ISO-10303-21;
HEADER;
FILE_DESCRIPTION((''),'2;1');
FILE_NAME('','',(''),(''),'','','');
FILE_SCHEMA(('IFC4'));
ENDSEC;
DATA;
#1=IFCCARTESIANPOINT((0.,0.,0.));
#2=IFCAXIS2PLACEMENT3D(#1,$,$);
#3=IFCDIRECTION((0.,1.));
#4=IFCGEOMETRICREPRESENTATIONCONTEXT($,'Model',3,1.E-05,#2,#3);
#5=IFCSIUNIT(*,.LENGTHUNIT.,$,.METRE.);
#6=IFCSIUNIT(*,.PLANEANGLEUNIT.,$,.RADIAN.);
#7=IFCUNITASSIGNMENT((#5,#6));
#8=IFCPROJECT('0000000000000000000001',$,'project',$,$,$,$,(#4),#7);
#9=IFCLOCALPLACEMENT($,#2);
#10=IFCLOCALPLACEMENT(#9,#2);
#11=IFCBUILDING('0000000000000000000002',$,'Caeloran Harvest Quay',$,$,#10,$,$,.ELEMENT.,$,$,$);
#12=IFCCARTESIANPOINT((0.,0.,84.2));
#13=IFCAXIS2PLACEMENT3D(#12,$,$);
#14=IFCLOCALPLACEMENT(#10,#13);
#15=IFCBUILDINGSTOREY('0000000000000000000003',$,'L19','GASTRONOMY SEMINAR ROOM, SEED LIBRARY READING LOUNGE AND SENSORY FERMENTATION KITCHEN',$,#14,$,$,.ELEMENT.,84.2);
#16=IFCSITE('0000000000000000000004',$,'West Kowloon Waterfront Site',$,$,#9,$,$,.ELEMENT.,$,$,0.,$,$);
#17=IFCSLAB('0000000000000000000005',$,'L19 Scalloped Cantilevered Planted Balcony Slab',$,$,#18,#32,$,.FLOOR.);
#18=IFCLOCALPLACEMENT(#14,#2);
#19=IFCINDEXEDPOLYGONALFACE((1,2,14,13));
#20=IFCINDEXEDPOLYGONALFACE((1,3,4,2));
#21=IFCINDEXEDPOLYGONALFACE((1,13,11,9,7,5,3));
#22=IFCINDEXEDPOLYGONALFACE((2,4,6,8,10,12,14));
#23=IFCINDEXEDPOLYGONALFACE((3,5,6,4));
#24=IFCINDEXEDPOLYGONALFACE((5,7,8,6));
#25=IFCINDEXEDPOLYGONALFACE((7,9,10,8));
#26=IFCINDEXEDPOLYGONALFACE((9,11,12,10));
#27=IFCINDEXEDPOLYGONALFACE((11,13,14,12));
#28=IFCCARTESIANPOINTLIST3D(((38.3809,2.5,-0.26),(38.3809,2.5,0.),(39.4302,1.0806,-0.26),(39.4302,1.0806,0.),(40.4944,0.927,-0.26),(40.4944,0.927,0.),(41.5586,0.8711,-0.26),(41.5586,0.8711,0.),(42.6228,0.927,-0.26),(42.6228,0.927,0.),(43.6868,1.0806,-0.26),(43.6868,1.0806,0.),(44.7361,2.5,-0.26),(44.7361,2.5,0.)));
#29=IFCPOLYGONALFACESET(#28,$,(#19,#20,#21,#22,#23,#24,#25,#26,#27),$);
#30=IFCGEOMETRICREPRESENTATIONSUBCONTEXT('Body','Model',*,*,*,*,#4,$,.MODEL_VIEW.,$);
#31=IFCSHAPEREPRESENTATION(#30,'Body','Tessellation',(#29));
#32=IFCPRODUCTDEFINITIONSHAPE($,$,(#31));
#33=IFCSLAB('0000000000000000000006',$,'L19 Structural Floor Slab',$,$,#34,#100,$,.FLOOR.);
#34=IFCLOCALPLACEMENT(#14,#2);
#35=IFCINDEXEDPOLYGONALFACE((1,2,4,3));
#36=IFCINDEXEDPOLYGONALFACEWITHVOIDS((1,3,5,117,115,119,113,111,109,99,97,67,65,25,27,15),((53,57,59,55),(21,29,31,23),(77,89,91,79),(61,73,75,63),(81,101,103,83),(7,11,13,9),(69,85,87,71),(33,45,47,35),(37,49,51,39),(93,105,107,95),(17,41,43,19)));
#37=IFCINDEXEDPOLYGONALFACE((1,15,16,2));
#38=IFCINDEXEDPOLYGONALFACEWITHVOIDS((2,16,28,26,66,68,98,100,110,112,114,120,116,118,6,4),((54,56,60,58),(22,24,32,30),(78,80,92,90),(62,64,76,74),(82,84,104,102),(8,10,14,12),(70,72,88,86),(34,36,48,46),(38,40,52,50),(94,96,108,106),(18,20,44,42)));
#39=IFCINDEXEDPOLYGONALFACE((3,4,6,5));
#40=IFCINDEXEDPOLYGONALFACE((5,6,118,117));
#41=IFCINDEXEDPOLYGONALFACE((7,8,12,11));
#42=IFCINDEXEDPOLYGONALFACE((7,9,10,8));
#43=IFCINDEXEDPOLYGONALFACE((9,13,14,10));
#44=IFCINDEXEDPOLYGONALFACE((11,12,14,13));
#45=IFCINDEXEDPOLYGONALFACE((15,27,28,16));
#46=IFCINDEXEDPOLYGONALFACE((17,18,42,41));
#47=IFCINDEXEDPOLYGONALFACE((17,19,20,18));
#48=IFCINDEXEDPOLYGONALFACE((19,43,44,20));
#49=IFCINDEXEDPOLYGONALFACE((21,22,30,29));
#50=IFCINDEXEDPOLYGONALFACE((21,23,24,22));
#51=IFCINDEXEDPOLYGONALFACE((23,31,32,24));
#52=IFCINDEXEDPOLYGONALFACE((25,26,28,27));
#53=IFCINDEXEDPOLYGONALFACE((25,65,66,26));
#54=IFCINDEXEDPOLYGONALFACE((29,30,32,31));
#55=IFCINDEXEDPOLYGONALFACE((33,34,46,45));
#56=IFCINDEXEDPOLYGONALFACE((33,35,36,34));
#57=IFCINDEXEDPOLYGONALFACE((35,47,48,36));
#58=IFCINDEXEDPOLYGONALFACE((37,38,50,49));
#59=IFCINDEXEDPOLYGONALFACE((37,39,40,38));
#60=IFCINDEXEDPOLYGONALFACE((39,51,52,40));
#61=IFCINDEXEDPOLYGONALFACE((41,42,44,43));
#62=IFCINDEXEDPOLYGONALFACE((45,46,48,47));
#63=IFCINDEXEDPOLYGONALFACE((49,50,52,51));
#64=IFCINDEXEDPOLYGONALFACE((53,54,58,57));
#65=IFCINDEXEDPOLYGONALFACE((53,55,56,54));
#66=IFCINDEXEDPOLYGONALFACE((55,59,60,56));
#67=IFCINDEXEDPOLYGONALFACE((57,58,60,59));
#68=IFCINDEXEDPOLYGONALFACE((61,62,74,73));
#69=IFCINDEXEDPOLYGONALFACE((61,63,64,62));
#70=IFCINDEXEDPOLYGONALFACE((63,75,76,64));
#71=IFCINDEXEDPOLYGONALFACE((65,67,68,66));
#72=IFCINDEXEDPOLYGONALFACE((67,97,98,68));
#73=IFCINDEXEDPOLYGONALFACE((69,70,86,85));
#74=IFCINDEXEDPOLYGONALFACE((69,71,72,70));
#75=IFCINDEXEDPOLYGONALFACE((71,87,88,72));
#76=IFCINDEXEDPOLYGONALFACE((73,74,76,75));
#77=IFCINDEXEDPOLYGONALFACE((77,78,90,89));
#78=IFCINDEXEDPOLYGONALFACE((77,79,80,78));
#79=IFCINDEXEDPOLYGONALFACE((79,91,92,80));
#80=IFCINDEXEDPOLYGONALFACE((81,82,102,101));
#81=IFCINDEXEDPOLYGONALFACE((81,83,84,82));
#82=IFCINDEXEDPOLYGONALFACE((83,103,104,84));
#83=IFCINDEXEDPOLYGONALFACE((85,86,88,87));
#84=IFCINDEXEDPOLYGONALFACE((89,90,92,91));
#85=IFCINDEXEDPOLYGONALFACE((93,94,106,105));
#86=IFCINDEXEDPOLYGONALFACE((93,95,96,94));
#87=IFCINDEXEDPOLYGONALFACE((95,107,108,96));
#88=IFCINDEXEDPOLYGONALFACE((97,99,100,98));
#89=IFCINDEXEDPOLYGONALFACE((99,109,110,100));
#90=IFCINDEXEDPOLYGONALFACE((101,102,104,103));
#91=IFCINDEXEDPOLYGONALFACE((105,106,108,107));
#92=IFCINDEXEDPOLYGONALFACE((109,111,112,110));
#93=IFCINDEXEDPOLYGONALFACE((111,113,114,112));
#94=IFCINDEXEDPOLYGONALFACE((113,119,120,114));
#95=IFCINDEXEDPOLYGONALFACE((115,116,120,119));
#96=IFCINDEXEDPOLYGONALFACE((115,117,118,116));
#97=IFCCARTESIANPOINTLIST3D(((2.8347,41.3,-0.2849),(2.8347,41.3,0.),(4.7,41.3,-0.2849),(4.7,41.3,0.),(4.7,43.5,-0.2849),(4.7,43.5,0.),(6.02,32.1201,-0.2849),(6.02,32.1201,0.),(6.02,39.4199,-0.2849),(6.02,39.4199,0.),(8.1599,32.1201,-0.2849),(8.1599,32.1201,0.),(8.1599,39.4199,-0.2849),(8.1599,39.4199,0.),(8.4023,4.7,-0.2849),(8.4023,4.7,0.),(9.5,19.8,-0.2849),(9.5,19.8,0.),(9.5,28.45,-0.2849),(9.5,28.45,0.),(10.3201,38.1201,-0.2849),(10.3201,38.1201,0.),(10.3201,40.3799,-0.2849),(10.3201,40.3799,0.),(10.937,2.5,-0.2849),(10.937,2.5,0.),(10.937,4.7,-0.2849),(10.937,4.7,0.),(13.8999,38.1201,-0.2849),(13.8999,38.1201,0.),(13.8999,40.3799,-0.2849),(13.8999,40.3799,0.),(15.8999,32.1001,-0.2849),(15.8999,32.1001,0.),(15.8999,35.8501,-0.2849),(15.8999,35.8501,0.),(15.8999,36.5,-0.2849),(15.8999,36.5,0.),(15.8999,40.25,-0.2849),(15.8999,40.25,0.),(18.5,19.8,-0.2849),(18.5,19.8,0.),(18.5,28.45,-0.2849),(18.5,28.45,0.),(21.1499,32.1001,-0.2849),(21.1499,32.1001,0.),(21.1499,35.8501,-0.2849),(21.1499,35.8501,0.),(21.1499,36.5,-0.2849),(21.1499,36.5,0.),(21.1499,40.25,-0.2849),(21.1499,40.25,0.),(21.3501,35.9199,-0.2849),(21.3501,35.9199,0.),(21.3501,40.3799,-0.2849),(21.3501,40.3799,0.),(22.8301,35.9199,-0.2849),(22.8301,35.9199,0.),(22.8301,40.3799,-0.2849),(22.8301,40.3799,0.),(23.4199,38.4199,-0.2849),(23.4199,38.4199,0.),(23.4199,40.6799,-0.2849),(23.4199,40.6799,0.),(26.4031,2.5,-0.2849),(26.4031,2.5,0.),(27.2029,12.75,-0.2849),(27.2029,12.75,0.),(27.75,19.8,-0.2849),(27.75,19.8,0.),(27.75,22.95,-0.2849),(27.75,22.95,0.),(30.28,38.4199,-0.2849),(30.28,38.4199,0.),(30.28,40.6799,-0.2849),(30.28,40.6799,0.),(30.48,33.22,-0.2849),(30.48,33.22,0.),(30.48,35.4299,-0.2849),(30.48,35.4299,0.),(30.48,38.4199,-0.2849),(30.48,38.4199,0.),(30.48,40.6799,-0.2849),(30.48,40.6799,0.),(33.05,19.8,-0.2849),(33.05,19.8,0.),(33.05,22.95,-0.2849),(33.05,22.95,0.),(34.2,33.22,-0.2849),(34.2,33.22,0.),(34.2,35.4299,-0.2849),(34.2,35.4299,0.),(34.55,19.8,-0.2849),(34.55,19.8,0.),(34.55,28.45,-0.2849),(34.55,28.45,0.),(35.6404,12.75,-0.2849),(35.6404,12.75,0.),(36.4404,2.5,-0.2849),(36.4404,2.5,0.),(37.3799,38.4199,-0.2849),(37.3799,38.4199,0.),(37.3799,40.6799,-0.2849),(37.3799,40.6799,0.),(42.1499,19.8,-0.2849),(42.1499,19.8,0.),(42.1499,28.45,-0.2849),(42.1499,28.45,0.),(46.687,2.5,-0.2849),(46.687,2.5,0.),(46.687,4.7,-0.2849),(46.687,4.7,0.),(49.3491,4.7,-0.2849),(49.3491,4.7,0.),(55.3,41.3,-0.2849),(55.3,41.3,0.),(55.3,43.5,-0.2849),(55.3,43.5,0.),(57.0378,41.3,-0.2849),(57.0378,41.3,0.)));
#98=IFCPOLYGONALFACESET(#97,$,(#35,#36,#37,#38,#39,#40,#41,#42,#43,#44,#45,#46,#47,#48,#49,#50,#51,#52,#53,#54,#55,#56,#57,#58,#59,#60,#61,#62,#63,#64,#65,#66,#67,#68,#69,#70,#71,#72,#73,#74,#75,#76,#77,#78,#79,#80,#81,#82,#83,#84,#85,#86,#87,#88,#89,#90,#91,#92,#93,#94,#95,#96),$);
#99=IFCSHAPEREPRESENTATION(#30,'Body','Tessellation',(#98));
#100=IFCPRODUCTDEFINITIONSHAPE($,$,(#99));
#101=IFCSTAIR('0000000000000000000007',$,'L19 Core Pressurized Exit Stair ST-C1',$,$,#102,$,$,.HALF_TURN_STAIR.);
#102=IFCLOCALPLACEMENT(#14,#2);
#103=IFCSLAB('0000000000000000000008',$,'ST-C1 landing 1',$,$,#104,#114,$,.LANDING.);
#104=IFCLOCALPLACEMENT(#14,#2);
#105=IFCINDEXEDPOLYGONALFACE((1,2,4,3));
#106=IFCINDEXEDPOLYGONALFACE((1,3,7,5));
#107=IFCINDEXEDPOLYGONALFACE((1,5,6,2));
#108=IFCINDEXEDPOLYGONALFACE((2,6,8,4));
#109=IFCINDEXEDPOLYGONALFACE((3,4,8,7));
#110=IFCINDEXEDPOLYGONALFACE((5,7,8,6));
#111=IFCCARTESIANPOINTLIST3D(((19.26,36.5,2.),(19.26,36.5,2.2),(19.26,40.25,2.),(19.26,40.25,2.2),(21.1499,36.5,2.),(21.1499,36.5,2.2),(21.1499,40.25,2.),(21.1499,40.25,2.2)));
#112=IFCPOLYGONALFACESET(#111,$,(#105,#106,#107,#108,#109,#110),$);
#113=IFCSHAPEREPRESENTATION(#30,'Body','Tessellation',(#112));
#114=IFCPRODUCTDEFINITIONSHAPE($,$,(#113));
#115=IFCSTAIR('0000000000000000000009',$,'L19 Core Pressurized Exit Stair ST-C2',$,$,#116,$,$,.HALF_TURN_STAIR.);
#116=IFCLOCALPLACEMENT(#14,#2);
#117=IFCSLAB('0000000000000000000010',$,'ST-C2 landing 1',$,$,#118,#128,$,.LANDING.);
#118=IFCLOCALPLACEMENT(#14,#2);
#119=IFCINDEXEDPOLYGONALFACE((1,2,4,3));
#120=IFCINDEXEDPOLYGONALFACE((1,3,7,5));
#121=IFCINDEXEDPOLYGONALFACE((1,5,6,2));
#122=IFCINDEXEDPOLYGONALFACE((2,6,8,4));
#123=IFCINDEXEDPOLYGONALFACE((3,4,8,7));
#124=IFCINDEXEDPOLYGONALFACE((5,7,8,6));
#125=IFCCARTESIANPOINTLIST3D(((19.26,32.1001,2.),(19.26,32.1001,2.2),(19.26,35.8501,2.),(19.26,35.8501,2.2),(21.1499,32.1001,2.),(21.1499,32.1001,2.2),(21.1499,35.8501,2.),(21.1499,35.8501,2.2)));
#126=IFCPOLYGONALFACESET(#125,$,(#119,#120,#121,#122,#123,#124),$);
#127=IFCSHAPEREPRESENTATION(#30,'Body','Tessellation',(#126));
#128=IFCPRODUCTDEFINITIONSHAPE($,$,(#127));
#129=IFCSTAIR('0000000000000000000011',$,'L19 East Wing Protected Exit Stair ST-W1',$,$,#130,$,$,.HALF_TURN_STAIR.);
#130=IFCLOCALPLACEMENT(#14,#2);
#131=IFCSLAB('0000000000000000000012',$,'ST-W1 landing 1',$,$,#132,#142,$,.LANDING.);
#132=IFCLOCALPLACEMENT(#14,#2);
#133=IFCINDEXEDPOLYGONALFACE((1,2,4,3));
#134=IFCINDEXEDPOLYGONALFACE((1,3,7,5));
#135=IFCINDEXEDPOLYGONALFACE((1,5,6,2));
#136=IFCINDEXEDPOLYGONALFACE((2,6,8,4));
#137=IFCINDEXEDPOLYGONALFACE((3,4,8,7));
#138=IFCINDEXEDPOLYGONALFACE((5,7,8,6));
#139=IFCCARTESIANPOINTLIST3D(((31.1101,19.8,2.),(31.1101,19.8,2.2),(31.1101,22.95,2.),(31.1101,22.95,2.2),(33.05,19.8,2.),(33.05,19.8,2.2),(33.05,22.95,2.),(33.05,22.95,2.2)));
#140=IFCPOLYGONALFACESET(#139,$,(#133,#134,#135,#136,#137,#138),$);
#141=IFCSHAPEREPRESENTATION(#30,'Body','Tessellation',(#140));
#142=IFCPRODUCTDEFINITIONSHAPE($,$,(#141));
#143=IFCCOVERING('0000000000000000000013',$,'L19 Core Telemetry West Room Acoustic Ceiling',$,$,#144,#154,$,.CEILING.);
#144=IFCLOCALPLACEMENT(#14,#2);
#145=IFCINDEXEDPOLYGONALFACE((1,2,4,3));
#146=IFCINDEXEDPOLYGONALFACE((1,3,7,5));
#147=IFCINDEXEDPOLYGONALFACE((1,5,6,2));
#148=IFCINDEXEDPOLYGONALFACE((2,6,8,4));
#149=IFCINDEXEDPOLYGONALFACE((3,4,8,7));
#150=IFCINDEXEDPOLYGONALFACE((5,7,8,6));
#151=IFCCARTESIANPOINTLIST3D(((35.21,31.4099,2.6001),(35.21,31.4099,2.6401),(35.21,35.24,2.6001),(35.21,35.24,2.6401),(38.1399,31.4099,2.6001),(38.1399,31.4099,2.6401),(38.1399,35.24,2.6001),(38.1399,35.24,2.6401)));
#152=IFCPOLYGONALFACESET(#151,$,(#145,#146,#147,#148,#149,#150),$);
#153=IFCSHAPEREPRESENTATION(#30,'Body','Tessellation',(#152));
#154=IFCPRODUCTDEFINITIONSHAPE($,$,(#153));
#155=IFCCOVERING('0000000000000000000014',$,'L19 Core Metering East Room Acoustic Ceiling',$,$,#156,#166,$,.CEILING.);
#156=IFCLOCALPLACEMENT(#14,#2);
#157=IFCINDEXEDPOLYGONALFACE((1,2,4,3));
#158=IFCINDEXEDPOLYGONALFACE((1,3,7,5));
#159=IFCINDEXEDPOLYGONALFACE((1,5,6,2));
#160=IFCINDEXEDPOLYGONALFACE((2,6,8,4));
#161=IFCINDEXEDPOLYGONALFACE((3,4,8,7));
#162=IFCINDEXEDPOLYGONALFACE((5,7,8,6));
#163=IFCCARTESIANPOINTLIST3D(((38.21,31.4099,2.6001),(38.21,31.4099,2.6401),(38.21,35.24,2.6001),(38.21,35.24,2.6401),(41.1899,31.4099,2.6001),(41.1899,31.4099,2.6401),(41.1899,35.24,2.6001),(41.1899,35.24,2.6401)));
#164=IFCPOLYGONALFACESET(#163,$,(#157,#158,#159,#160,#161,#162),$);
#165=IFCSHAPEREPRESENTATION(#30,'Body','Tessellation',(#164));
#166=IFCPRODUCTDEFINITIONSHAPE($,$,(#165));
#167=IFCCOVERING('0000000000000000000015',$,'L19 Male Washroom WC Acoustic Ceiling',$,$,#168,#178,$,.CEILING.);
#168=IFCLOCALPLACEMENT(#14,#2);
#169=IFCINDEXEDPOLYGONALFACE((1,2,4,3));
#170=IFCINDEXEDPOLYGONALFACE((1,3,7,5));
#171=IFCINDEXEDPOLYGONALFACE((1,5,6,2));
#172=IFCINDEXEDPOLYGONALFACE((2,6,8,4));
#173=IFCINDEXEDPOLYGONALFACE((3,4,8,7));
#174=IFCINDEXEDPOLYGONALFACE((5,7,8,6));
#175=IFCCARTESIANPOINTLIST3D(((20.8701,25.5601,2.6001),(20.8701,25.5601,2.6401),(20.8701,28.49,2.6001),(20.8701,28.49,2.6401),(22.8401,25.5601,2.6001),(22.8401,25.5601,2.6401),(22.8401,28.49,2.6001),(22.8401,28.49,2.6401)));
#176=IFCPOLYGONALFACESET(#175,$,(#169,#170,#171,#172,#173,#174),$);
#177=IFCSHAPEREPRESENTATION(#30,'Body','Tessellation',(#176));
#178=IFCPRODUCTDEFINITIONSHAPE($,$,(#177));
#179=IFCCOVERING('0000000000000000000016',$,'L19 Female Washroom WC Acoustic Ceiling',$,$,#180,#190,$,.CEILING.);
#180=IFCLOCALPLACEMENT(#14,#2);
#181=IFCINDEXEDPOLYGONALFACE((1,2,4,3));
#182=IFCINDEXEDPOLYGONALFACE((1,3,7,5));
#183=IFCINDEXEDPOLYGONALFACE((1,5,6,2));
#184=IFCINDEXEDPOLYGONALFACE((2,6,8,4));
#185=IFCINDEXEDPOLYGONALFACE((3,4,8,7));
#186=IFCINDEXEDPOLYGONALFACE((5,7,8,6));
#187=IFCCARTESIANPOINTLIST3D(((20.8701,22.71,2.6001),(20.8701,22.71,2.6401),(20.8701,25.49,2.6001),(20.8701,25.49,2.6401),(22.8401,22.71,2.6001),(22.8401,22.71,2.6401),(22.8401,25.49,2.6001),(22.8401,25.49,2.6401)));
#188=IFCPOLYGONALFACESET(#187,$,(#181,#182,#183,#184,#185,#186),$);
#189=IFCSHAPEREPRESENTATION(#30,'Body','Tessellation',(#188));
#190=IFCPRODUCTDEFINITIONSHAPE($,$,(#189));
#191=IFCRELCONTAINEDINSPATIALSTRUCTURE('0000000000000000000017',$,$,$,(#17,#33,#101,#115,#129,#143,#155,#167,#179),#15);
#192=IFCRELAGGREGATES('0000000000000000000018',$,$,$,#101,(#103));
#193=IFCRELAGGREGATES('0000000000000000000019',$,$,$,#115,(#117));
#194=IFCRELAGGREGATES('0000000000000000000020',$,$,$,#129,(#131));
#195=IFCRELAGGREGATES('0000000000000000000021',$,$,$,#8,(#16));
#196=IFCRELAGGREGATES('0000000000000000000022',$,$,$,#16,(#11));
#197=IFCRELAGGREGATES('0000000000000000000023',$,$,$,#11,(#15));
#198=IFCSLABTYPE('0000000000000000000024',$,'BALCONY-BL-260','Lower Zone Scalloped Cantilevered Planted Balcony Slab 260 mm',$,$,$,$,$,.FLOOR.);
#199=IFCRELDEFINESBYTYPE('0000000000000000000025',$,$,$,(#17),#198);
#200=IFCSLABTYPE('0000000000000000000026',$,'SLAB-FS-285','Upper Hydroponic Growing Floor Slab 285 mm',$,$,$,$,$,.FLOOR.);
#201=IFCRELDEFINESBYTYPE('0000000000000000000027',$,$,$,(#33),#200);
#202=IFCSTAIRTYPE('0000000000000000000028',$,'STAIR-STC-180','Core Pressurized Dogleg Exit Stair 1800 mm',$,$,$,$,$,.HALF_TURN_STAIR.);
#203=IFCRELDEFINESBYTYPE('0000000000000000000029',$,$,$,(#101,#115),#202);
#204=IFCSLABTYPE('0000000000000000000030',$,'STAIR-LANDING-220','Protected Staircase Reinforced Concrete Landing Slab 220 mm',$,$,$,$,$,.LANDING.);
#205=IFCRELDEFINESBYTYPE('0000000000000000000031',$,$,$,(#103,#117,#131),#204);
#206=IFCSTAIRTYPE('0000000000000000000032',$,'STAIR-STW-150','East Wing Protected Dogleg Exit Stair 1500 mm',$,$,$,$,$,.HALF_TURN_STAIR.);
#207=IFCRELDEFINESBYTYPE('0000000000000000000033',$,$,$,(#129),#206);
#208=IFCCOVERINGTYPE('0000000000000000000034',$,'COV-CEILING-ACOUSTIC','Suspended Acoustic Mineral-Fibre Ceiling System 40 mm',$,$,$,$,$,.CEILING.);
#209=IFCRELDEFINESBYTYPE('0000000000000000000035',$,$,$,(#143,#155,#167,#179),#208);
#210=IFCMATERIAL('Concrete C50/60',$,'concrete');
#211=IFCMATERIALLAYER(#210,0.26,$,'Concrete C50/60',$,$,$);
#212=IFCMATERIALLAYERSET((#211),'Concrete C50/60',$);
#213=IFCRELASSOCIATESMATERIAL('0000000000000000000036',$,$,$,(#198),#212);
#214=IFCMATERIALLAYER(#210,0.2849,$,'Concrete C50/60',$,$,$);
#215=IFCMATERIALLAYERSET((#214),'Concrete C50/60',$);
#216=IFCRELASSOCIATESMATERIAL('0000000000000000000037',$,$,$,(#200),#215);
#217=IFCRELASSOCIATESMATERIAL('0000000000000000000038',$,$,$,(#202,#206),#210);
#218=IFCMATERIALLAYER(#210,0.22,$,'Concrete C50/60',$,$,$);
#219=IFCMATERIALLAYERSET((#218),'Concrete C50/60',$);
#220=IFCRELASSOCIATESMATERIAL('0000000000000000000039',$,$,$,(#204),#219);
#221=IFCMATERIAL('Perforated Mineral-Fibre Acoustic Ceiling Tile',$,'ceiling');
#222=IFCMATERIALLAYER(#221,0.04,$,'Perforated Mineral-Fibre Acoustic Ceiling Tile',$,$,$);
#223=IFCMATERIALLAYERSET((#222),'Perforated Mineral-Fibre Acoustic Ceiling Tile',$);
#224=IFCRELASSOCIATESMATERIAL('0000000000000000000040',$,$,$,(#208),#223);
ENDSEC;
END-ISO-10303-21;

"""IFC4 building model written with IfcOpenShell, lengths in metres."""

from ifc_helpers import new_model, si_unit, direction, frame, origin, place, context, subcontext, project, spatial, polyline, outline, extrude, material, layer, layer_set, type_object, element, aggregate, save


model = new_model("IFC4")

# Units and contexts
model_context = context("Model", 3, precision=1e-05, world=origin(), true_north=direction((0.0, 1.0)))
body_context = subcontext(model_context, "Body", "Model", "MODEL_VIEW")
ifc_project = project(units=[si_unit("LENGTHUNIT", "METRE"), si_unit("PLANEANGLEUNIT", "RADIAN")], contexts=[model_context])

# Site, building, storey
site_placement = place(None, origin())
site = spatial("IfcSite", under=ifc_project, at=site_placement, Name="West Kowloon Waterfront Site", CompositionType="ELEMENT", RefElevation=0.0)
building_placement = place(site_placement, origin())
building = spatial("IfcBuilding", under=site, at=building_placement, Name="Caeloran Harvest Quay", CompositionType="ELEMENT")
storey_placement = place(building_placement, frame((0.0, 0.0, 84.2)))
storey = spatial("IfcBuildingStorey", under=building, at=storey_placement, Name="L19", Description="GASTRONOMY SEMINAR ROOM, SEED LIBRARY READING LOUNGE AND SENSORY FERMENTATION KITCHEN", CompositionType="ELEMENT", Elevation=84.2)

# Slabs
ifc_material_1 = material(Name="Concrete C50/60", Category="concrete")
ifc_layer_1 = layer(ifc_material_1, 0.26, Name="Concrete C50/60")
ifc_layer_set_1 = layer_set([ifc_layer_1], Name="Concrete C50/60")
slab_type_1 = type_object("IfcSlabType", Name="BALCONY-BL-260", Description="Lower Zone Scalloped Cantilevered Planted Balcony Slab 260 mm", PredefinedType="FLOOR", material=ifc_layer_set_1)
slab_1_placement = place(storey_placement, frame((0.0, 0.0, -0.26)))
element("IfcSlab", 1, at=slab_1_placement, inside=storey, type_object=slab_type_1, Name="L19 Scalloped Cantilevered Planted Balcony Slab", PredefinedType="FLOOR", context=body_context, shape_type="SweptSolid", body=[
    extrude(outline(polyline([(43.6868, 1.0806), (42.6228, 0.927), (41.5586, 0.8711), (40.4944, 0.927), (39.4302, 1.0806), (38.3809, 2.5), (44.7361, 2.5), (43.6868, 1.0806)])), origin(), (0.0, 0.0, 1.0), 0.26),
])
ifc_layer_2 = layer(ifc_material_1, 0.2849, Name="Concrete C50/60")
ifc_layer_set_2 = layer_set([ifc_layer_2], Name="Concrete C50/60")
slab_type_2 = type_object("IfcSlabType", Name="SLAB-FS-285", Description="Upper Hydroponic Growing Floor Slab 285 mm", PredefinedType="FLOOR", material=ifc_layer_set_2)
slab_2_placement = place(storey_placement, frame((0.0, 0.0, -0.2849)))
element("IfcSlab", 2, at=slab_2_placement, inside=storey, type_object=slab_type_2, Name="L19 Structural Floor Slab", PredefinedType="FLOOR", context=body_context, shape_type="SweptSolid", body=[
    extrude(outline(polyline([(10.937, 2.5), (26.4031, 2.5), (27.2029, 12.75), (35.6404, 12.75), (36.4404, 2.5), (46.687, 2.5), (46.687, 4.7), (49.3491, 4.7), (57.0378, 41.3), (55.3, 41.3), (55.3, 43.5), (4.7, 43.5), (4.7, 41.3), (2.8347, 41.3), (8.4023, 4.7), (10.937, 4.7), (10.937, 2.5)]), holes=[polyline([(18.5, 19.8), (9.5, 19.8), (9.5, 28.45), (18.5, 28.45), (18.5, 19.8)]), polyline([(15.8999, 32.1001), (15.8999, 35.8501), (21.1499, 35.8501), (21.1499, 32.1001), (15.8999, 32.1001)]), polyline([(8.1599, 32.1201), (6.02, 32.1201), (6.02, 39.4199), (8.1599, 39.4199), (8.1599, 32.1201)]), polyline([(21.3501, 35.9199), (21.3501, 40.3799), (22.8301, 40.3799), (22.8301, 35.9199), (21.3501, 35.9199)]), polyline([(15.8999, 40.25), (21.1499, 40.25), (21.1499, 36.5), (15.8999, 36.5), (15.8999, 40.25)]), polyline([(13.8999, 38.1201), (10.3201, 38.1201), (10.3201, 40.3799), (13.8999, 40.3799), (13.8999, 38.1201)]), polyline([(27.75, 22.95), (33.05, 22.95), (33.05, 19.8), (27.75, 19.8), (27.75, 22.95)]), polyline([(34.55, 19.8), (34.55, 28.45), (42.1499, 28.45), (42.1499, 19.8), (34.55, 19.8)]), polyline([(34.2, 33.22), (30.48, 33.22), (30.48, 35.4299), (34.2, 35.4299), (34.2, 33.22)]), polyline([(23.4199, 38.4199), (23.4199, 40.6799), (30.28, 40.6799), (30.28, 38.4199), (23.4199, 38.4199)]), polyline([(30.48, 38.4199), (30.48, 40.6799), (37.3799, 40.6799), (37.3799, 38.4199), (30.48, 38.4199)])]), origin(), (0.0, 0.0, 1.0), 0.2849),
])

# Stairs, slabs
stair_type_1 = type_object("IfcStairType", Name="STAIR-STC-180", Description="Core Pressurized Dogleg Exit Stair 1800 mm", PredefinedType="HALF_TURN_STAIR", material=ifc_material_1)
stair_1_placement = place(storey_placement, origin())
stair_1 = element("IfcStair", 3, at=stair_1_placement, inside=storey, type_object=stair_type_1, Name="L19 Core Pressurized Exit Stair ST-C1", PredefinedType="HALF_TURN_STAIR")
ifc_layer_3 = layer(ifc_material_1, 0.22, Name="Concrete C50/60")
ifc_layer_set_3 = layer_set([ifc_layer_3], Name="Concrete C50/60")
slab_type_3 = type_object("IfcSlabType", Name="STAIR-LANDING-220", Description="Protected Staircase Reinforced Concrete Landing Slab 220 mm", PredefinedType="LANDING", material=ifc_layer_set_3)
slab_3_placement = place(storey_placement, frame((0.0, 0.0, 2.0)))
slab_3 = element("IfcSlab", 4, at=slab_3_placement, type_object=slab_type_3, Name="ST-C1 landing 1", PredefinedType="LANDING", context=body_context, shape_type="SweptSolid", body=[
    extrude(outline(polyline([(19.26, 36.5), (21.1499, 36.5), (21.1499, 40.25), (19.26, 40.25), (19.26, 36.5)])), origin(), (0.0, 0.0, 1.0), 0.2),
])
aggregate(stair_1, [slab_3])
stair_2_placement = place(storey_placement, origin())
stair_2 = element("IfcStair", 5, at=stair_2_placement, inside=storey, type_object=stair_type_1, Name="L19 Core Pressurized Exit Stair ST-C2", PredefinedType="HALF_TURN_STAIR")
slab_4_placement = place(storey_placement, frame((0.0, 0.0, 2.0)))
slab_4 = element("IfcSlab", 6, at=slab_4_placement, type_object=slab_type_3, Name="ST-C2 landing 1", PredefinedType="LANDING", context=body_context, shape_type="SweptSolid", body=[
    extrude(outline(polyline([(19.26, 32.1001), (21.1499, 32.1001), (21.1499, 35.8501), (19.26, 35.8501), (19.26, 32.1001)])), origin(), (0.0, 0.0, 1.0), 0.2),
])
aggregate(stair_2, [slab_4])
stair_type_2 = type_object("IfcStairType", Name="STAIR-STW-150", Description="East Wing Protected Dogleg Exit Stair 1500 mm", PredefinedType="HALF_TURN_STAIR", material=ifc_material_1)
stair_3_placement = place(storey_placement, origin())
stair_3 = element("IfcStair", 7, at=stair_3_placement, inside=storey, type_object=stair_type_2, Name="L19 East Wing Protected Exit Stair ST-W1", PredefinedType="HALF_TURN_STAIR")
slab_5_placement = place(storey_placement, frame((0.0, 0.0, 2.0)))
slab_5 = element("IfcSlab", 8, at=slab_5_placement, type_object=slab_type_3, Name="ST-W1 landing 1", PredefinedType="LANDING", context=body_context, shape_type="SweptSolid", body=[
    extrude(outline(polyline([(31.1101, 19.8), (33.05, 19.8), (33.05, 22.95), (31.1101, 22.95), (31.1101, 19.8)])), origin(), (0.0, 0.0, 1.0), 0.2),
])
aggregate(stair_3, [slab_5])

# Coverings
ifc_material_2 = material(Name="Perforated Mineral-Fibre Acoustic Ceiling Tile", Category="ceiling")
ifc_layer_4 = layer(ifc_material_2, 0.04, Name="Perforated Mineral-Fibre Acoustic Ceiling Tile")
ifc_layer_set_4 = layer_set([ifc_layer_4], Name="Perforated Mineral-Fibre Acoustic Ceiling Tile")
covering_type_1 = type_object("IfcCoveringType", Name="COV-CEILING-ACOUSTIC", Description="Suspended Acoustic Mineral-Fibre Ceiling System 40 mm", PredefinedType="CEILING", material=ifc_layer_set_4)
covering_1_placement = place(storey_placement, frame((0.0, 0.0, 2.6001)))
element("IfcCovering", 9, at=covering_1_placement, inside=storey, type_object=covering_type_1, Name="L19 Core Telemetry West Room Acoustic Ceiling", PredefinedType="CEILING", context=body_context, shape_type="SweptSolid", body=[
    extrude(outline(polyline([(38.1399, 35.24), (38.1399, 31.4099), (35.21, 31.4099), (35.21, 35.24), (38.1399, 35.24)])), origin(), (0.0, 0.0, 1.0), 0.04),
])
covering_2_placement = place(storey_placement, frame((0.0, 0.0, 2.6001)))
element("IfcCovering", 10, at=covering_2_placement, inside=storey, type_object=covering_type_1, Name="L19 Core Metering East Room Acoustic Ceiling", PredefinedType="CEILING", context=body_context, shape_type="SweptSolid", body=[
    extrude(outline(polyline([(41.1899, 35.24), (41.1899, 31.4099), (38.21, 31.4099), (38.21, 35.24), (41.1899, 35.24)])), origin(), (0.0, 0.0, 1.0), 0.04),
])
covering_3_placement = place(storey_placement, frame((0.0, 0.0, 2.6001)))
element("IfcCovering", 11, at=covering_3_placement, inside=storey, type_object=covering_type_1, Name="L19 Male Washroom WC Acoustic Ceiling", PredefinedType="CEILING", context=body_context, shape_type="SweptSolid", body=[
    extrude(outline(polyline([(22.8401, 25.5601), (20.8701, 25.5601), (20.8701, 28.49), (22.8401, 28.49), (22.8401, 25.5601)])), origin(), (0.0, 0.0, 1.0), 0.04),
])
covering_4_placement = place(storey_placement, frame((0.0, 0.0, 2.6001)))
element("IfcCovering", 12, at=covering_4_placement, inside=storey, type_object=covering_type_1, Name="L19 Female Washroom WC Acoustic Ceiling", PredefinedType="CEILING", context=body_context, shape_type="SweptSolid", body=[
    extrude(outline(polyline([(22.8401, 22.71), (20.8701, 22.71), (20.8701, 25.49), (22.8401, 25.49), (22.8401, 22.71)])), origin(), (0.0, 0.0, 1.0), 0.04),
])

save(model, "model.ifc")
